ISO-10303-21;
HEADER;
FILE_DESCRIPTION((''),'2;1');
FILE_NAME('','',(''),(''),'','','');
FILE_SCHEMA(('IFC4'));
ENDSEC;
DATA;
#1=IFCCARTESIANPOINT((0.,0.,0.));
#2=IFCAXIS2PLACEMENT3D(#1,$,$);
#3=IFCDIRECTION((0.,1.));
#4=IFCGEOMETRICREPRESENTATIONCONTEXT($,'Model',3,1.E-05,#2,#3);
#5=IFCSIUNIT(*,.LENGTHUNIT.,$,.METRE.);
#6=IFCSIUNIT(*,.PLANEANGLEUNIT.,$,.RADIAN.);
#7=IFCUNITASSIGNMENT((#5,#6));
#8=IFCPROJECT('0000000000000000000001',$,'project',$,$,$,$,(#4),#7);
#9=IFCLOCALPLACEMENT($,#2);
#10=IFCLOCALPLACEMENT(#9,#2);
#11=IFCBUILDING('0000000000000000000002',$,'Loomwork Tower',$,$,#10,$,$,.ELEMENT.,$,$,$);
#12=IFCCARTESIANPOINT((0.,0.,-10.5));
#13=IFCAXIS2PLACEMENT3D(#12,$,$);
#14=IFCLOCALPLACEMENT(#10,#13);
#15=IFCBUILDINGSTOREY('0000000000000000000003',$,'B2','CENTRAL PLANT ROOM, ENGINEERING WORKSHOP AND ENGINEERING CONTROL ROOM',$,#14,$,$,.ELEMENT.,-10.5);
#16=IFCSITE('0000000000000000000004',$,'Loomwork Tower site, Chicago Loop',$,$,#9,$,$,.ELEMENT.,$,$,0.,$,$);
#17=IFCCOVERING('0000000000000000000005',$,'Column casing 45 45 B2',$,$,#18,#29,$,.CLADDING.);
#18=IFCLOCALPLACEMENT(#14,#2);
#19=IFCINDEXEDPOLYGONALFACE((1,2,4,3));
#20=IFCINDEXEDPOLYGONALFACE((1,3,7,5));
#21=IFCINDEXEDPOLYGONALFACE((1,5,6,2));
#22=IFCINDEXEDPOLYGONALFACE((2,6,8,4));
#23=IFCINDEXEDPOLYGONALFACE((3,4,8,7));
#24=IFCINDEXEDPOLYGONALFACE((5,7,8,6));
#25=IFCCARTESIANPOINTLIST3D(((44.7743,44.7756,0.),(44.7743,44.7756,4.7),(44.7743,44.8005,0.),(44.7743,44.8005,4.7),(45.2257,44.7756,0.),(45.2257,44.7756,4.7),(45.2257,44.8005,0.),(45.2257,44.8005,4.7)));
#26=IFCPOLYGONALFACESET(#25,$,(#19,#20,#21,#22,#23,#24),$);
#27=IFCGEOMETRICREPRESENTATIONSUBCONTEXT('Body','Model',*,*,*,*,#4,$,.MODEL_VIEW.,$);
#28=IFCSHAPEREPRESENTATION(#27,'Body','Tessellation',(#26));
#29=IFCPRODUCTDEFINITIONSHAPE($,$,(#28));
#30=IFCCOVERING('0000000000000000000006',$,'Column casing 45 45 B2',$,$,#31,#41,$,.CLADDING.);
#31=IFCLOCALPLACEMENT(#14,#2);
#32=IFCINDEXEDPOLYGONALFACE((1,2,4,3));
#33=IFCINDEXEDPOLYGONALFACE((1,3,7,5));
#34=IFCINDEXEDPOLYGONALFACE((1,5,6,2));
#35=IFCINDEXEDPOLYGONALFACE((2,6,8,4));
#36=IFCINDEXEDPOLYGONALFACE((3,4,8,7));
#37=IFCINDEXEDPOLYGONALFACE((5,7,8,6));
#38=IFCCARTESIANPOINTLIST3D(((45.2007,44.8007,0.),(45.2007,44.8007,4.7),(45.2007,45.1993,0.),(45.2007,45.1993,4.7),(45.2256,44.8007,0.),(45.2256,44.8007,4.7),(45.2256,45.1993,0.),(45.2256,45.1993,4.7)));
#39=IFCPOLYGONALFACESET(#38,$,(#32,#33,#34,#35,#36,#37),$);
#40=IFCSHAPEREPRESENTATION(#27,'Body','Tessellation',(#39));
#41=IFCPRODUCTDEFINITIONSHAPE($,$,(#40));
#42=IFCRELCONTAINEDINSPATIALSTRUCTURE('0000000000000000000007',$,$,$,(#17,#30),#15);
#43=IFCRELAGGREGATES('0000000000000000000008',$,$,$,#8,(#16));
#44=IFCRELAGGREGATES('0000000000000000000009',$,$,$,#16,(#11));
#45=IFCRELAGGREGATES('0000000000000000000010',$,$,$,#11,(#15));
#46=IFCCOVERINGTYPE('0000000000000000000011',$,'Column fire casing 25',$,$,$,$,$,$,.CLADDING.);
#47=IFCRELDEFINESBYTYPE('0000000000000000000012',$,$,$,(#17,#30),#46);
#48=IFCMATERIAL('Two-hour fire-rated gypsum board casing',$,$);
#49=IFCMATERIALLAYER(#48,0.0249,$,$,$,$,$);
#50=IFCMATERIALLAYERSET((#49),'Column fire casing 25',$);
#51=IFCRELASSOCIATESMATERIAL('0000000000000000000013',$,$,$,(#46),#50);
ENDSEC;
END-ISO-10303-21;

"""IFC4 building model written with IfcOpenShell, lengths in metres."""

from ifc_helpers import new_model, si_unit, direction, frame, origin, origin_2d, place, context, subcontext, project, spatial, rectangle, extrude, material, layer, layer_set, type_object, element, save


model = new_model("IFC4")

# Units and contexts
model_context = context("Model", 3, precision=1e-05, world=origin(), true_north=direction((0.0, 1.0)))
body_context = subcontext(model_context, "Body", "Model", "MODEL_VIEW")
ifc_project = project(units=[si_unit("LENGTHUNIT", "METRE"), si_unit("PLANEANGLEUNIT", "RADIAN")], contexts=[model_context])

# Site, building, storey
site_placement = place(None, origin())
site = spatial("IfcSite", under=ifc_project, at=site_placement, Name="Loomwork Tower site, Chicago Loop", CompositionType="ELEMENT", RefElevation=0.0)
building_placement = place(site_placement, origin())
building = spatial("IfcBuilding", under=site, at=building_placement, Name="Loomwork Tower", CompositionType="ELEMENT")
storey_placement = place(building_placement, frame((0.0, 0.0, -10.5)))
storey = spatial("IfcBuildingStorey", under=building, at=storey_placement, Name="B2", Description="CENTRAL PLANT ROOM, ENGINEERING WORKSHOP AND ENGINEERING CONTROL ROOM", CompositionType="ELEMENT", Elevation=-10.5)

# Coverings
ifc_material_1 = material(Name="Two-hour fire-rated gypsum board casing")
ifc_layer_1 = layer(ifc_material_1, 0.0249)
ifc_layer_set_1 = layer_set([ifc_layer_1], Name="Column fire casing 25")
covering_type = type_object("IfcCoveringType", Name="Column fire casing 25", PredefinedType="CLADDING", material=ifc_layer_set_1)
for number, where, z_axis, x_axis, name in (
    (1, (45.0, 44.7881, 0.0), (0.0, 0.0, 1.0), (1.0, 0.0, 0.0), "Column casing 45 45 B2"),
):
    element("IfcCovering", number, at=place(storey_placement, frame(where, z_axis=z_axis, x_axis=x_axis)), inside=storey, type_object=covering_type, Name=name, PredefinedType="CLADDING", context=body_context, shape_type="SweptSolid", body=[
        extrude(rectangle(XDim=0.4514, YDim=0.0249, at=origin_2d()), origin(), (0.0, 0.0, 1.0), 4.7),
    ])
covering_1_placement = place(storey_placement, frame((45.2131, 45.0, 0.0), z_axis=(0.0, 0.0, 1.0), x_axis=(1.0, 0.0, 0.0)))
element("IfcCovering", 2, at=covering_1_placement, inside=storey, type_object=covering_type, Name="Column casing 45 45 B2", PredefinedType="CLADDING", context=body_context, shape_type="SweptSolid", body=[
    extrude(rectangle(XDim=0.0249, YDim=0.3987, at=origin_2d()), origin(), (0.0, 0.0, 1.0), 4.7),
])

save(model, "model.ifc")
